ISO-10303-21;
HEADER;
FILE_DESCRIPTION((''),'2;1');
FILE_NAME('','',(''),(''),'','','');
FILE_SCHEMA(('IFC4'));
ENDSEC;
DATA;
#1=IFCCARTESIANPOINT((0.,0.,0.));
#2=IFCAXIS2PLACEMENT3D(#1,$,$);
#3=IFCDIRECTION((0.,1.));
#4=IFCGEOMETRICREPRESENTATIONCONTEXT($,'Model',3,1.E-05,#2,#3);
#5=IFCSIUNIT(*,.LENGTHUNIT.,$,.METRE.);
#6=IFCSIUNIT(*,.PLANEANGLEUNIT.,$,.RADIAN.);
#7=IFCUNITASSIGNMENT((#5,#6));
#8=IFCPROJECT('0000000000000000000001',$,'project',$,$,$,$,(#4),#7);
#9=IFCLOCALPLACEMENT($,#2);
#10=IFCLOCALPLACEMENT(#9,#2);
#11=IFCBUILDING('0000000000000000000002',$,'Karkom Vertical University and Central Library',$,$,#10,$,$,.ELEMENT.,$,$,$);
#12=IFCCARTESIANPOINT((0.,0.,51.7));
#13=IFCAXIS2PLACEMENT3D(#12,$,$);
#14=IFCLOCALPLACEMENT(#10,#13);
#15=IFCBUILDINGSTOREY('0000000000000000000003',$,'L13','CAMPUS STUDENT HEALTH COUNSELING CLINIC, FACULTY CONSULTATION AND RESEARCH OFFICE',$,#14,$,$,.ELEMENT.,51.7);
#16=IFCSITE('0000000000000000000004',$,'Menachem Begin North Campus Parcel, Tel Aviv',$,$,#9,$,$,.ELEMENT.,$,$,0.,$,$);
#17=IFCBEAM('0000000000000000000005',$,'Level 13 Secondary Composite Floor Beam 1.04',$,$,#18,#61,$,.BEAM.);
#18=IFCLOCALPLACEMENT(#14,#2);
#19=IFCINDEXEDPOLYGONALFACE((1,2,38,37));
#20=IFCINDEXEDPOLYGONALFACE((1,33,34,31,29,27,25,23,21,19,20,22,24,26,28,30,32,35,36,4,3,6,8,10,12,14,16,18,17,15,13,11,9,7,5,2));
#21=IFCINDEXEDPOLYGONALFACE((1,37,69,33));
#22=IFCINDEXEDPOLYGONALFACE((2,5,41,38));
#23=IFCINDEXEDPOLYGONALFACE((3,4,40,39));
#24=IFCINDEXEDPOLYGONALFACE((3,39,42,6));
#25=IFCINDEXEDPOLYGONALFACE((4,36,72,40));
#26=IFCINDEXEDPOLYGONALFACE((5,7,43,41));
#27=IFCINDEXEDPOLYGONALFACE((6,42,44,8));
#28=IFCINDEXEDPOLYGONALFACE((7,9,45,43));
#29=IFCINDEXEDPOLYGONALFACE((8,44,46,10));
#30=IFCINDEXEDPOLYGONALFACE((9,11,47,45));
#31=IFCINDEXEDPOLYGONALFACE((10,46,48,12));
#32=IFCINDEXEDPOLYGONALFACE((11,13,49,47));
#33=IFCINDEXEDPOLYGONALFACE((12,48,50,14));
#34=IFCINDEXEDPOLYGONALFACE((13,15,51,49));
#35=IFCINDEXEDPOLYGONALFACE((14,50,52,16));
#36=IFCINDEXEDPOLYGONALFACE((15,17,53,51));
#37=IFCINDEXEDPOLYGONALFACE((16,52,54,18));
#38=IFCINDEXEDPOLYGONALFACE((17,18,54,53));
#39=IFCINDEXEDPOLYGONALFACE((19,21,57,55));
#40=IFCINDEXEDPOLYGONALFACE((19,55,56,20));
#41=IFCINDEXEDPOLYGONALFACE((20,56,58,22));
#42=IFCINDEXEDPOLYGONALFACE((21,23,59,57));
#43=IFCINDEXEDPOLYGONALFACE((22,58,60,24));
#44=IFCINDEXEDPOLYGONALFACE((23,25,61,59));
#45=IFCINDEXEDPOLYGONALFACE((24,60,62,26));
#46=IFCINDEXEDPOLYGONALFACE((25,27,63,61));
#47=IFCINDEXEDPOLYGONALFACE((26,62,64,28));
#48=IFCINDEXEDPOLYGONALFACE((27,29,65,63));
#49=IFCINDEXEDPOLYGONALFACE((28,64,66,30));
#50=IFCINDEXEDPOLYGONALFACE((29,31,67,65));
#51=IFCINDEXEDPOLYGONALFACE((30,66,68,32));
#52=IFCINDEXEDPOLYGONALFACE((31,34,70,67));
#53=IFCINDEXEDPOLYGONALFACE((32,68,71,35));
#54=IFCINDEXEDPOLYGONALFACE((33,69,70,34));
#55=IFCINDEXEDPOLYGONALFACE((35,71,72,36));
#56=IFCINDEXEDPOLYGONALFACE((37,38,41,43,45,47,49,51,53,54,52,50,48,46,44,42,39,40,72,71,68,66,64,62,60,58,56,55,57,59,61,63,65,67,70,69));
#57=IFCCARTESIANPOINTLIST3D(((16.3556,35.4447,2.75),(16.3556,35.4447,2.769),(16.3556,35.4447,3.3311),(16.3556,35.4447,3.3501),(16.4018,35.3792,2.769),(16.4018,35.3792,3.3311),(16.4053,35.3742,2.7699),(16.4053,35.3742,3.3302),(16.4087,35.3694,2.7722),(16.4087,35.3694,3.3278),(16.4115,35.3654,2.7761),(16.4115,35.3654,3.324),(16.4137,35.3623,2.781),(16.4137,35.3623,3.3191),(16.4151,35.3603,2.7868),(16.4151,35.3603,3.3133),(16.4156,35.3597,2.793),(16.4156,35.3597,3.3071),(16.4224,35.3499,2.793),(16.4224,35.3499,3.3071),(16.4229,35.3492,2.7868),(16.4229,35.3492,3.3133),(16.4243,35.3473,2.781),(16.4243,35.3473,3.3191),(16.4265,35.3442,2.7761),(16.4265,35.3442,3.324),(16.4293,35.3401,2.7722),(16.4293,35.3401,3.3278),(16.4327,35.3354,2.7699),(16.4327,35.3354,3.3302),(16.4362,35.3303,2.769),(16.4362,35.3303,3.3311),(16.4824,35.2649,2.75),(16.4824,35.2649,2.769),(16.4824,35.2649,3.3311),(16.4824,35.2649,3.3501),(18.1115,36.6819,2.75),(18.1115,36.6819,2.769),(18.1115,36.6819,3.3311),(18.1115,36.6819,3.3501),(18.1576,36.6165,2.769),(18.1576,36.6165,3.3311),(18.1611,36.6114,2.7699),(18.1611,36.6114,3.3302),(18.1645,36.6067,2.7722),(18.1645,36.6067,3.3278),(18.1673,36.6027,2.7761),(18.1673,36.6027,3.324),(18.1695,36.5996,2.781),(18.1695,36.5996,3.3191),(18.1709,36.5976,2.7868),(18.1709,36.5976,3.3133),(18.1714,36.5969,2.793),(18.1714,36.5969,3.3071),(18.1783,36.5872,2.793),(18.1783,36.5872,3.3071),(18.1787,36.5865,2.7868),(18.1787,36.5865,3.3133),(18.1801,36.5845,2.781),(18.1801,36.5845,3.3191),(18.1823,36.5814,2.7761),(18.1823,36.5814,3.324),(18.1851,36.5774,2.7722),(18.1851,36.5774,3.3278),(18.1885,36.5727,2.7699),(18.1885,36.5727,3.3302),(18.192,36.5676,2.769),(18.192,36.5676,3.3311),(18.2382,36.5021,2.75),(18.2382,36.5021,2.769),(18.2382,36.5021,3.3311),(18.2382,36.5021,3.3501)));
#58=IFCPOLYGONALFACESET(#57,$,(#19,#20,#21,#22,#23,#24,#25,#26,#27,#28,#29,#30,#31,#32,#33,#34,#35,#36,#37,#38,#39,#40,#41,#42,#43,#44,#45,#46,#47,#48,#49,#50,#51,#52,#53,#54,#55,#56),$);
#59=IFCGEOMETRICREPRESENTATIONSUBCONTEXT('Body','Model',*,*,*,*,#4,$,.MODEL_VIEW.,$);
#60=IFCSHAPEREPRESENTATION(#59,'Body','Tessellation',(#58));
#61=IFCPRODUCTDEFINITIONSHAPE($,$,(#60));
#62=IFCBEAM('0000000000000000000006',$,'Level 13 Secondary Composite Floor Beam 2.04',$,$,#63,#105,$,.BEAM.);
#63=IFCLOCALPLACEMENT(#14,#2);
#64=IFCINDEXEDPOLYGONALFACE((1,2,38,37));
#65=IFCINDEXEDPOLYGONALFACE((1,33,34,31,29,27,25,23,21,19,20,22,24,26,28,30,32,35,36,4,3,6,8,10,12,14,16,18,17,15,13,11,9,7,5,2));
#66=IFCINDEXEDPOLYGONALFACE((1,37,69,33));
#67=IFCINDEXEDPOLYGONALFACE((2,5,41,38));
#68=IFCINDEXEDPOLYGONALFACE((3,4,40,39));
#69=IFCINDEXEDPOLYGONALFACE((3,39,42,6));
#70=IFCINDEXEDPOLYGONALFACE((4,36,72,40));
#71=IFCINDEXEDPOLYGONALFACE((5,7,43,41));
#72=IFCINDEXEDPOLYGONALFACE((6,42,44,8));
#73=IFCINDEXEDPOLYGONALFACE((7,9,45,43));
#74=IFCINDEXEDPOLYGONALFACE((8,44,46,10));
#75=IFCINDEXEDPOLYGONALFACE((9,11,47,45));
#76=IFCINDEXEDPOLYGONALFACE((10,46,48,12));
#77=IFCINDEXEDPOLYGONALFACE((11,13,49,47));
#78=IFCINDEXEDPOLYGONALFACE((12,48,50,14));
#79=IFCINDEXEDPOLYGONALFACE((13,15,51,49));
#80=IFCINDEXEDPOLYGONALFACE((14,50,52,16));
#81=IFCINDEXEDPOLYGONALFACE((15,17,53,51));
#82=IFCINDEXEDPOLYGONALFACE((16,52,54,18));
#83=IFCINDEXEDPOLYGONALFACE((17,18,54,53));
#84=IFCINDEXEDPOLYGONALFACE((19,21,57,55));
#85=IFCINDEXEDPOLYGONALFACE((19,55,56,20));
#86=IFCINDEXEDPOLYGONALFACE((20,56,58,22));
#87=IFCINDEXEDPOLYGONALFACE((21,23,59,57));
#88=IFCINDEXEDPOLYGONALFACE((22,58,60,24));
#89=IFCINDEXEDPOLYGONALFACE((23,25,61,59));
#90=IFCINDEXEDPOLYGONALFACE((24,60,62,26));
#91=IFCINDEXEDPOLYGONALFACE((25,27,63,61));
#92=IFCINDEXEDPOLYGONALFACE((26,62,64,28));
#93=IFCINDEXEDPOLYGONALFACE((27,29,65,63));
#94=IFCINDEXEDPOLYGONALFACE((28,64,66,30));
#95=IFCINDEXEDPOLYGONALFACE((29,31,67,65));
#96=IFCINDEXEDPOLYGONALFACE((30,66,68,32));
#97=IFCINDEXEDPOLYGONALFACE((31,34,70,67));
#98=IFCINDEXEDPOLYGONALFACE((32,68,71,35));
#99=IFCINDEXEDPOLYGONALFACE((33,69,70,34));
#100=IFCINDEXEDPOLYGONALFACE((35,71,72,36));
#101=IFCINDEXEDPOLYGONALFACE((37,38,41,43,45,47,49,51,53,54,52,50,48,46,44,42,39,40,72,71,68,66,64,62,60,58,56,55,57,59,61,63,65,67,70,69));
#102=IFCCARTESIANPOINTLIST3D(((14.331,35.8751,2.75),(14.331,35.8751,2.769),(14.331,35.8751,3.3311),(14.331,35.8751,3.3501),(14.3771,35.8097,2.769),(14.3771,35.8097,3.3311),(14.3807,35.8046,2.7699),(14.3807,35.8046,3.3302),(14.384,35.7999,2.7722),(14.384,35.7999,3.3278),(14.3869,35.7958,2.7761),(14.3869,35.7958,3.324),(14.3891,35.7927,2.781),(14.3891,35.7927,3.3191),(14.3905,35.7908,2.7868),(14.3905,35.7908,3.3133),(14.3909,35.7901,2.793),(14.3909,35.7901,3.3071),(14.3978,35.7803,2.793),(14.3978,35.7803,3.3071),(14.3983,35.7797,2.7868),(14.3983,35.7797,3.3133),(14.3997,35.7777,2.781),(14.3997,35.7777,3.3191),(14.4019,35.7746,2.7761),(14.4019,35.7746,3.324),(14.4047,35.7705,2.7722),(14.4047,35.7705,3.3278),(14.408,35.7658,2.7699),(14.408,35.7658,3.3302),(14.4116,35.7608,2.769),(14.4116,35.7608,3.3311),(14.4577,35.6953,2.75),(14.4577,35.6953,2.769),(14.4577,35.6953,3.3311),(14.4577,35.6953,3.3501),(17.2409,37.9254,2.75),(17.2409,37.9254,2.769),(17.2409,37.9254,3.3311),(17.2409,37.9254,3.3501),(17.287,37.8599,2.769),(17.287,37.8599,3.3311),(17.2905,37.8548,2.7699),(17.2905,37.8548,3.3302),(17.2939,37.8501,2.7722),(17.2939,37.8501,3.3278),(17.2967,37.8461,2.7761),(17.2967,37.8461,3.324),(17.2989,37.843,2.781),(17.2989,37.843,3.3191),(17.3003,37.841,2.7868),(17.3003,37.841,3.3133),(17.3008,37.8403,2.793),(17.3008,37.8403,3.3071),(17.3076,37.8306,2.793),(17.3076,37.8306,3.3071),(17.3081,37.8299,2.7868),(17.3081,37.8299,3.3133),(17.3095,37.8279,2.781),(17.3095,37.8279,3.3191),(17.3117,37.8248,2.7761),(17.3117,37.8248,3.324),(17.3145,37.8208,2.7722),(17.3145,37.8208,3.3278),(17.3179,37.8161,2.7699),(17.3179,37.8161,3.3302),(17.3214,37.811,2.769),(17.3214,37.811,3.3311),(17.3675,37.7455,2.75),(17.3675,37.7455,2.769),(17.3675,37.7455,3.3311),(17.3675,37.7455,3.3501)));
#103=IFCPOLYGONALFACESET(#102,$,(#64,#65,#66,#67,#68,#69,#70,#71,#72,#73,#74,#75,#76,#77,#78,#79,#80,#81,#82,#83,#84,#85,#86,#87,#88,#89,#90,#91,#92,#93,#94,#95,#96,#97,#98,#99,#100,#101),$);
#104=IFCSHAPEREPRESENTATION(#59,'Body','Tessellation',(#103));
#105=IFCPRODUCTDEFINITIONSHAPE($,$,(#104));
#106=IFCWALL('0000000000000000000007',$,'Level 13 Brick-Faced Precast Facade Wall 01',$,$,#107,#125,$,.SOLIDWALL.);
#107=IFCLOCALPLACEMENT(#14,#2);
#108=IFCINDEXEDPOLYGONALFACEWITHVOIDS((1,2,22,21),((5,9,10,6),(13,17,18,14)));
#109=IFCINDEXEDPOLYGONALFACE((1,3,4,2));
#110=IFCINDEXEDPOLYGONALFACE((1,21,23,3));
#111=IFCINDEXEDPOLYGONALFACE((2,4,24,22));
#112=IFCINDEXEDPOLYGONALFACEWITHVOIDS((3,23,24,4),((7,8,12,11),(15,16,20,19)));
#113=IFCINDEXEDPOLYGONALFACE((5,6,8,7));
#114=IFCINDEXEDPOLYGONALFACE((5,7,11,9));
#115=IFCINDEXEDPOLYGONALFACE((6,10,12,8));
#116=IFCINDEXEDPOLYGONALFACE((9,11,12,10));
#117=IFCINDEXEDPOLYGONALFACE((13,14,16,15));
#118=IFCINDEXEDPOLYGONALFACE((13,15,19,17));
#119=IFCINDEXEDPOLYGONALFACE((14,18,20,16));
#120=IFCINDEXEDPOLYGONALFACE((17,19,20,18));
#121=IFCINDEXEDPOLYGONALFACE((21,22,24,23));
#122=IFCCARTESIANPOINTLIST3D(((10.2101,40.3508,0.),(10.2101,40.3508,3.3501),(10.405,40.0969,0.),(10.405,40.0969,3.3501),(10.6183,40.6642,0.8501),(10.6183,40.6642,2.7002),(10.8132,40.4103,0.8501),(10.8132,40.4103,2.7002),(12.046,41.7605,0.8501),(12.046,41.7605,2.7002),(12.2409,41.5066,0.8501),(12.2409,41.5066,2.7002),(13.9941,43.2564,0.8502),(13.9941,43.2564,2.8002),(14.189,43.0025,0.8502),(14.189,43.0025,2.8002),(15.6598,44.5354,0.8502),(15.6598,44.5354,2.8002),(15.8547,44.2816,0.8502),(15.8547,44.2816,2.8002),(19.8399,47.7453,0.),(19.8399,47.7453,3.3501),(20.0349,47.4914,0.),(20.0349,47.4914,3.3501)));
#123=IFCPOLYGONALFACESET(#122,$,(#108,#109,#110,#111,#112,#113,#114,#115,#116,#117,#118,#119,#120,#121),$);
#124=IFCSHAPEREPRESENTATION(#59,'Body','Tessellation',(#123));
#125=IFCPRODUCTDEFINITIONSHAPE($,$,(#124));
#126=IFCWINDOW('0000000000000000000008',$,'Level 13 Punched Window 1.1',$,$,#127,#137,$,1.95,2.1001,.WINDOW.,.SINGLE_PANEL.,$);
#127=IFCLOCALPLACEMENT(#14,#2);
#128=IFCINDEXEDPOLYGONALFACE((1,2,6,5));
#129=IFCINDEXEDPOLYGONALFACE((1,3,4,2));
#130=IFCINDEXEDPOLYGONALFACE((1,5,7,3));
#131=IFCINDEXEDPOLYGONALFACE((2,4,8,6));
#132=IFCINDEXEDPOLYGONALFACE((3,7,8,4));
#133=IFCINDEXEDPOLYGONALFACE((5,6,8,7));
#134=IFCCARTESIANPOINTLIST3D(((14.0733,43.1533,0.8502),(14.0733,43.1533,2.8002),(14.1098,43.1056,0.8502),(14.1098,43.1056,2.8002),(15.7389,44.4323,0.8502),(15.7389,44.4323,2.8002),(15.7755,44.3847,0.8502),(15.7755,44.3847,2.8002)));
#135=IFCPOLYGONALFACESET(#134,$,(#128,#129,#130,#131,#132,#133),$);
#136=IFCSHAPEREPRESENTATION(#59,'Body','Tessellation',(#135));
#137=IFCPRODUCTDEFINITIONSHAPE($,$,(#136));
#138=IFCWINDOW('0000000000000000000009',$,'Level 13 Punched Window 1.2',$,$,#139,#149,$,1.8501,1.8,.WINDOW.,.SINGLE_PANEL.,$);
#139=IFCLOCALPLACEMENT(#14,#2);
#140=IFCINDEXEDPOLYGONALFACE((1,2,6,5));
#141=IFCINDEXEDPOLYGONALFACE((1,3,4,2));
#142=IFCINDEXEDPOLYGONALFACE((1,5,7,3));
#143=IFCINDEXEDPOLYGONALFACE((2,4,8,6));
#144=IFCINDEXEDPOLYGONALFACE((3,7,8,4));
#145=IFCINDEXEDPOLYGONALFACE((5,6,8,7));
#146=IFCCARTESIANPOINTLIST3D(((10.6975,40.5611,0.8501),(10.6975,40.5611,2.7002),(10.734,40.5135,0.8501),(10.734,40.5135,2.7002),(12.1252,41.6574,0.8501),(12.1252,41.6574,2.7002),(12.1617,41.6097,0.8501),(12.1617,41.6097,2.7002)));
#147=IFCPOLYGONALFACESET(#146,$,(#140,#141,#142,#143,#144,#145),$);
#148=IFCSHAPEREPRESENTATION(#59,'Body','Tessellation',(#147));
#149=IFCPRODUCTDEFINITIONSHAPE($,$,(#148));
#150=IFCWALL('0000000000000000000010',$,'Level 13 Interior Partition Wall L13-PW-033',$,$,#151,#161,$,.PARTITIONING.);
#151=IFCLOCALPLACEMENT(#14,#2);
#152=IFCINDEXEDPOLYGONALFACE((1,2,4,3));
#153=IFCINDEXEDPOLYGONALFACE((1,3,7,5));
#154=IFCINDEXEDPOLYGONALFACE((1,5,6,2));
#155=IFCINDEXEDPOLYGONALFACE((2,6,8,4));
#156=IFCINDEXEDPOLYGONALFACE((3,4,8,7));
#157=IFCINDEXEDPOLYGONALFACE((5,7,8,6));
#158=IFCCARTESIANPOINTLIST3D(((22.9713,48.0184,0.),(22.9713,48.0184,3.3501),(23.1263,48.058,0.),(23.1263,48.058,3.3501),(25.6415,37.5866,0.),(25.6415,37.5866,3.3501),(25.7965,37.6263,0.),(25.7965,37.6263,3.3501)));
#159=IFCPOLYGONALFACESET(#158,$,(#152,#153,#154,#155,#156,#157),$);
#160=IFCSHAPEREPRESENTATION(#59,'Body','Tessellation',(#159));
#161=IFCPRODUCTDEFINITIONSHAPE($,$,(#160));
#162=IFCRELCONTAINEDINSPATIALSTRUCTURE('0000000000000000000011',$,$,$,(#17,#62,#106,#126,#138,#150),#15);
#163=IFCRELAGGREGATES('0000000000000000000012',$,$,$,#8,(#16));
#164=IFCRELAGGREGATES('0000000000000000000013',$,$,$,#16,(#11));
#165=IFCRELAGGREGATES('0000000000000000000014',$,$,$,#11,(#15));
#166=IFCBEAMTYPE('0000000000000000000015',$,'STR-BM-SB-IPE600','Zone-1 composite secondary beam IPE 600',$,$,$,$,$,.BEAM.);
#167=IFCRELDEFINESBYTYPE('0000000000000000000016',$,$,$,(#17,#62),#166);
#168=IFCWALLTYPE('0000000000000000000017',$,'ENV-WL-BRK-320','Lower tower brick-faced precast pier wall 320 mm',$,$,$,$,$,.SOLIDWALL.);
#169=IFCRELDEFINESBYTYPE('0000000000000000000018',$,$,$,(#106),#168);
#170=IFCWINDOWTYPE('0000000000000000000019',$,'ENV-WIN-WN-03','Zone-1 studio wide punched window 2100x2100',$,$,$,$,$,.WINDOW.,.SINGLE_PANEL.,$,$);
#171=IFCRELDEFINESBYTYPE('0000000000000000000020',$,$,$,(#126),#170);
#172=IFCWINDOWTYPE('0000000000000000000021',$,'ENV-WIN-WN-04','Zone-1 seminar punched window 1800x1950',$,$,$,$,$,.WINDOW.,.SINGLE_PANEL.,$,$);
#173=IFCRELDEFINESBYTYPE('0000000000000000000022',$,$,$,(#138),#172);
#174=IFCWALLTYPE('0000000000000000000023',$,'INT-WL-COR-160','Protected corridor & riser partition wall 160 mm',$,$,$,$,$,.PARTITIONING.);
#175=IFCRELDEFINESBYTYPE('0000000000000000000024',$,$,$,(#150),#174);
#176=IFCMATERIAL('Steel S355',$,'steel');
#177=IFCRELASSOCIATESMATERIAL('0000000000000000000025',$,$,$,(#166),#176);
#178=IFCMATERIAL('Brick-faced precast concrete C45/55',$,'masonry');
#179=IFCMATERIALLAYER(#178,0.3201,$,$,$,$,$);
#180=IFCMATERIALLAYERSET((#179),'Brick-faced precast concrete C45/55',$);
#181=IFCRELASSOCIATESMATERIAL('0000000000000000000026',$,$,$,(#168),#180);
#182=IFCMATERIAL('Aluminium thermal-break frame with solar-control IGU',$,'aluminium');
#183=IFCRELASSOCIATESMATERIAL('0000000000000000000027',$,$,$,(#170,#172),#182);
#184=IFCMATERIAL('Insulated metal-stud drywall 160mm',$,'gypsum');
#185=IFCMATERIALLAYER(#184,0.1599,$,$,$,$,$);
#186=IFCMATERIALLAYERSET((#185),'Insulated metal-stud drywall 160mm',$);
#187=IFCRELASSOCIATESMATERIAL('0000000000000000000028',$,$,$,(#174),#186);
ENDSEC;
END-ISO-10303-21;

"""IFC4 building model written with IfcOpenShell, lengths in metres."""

from ifc_helpers import new_model, si_unit, direction, frame, frame_2d, origin, origin_with_axes, origin_2d, place, context, subcontext, project, spatial, rectangle, i_section, extrude, source, transform, mapped, material, layer, layer_set, material_profile, profile_set, type_object, element, fill, save


model = new_model("IFC4")

# Units and contexts
model_context = context("Model", 3, precision=1e-05, world=origin(), true_north=direction((0.0, 1.0)))
body_context = subcontext(model_context, "Body", "Model", "MODEL_VIEW")
ifc_project = project(units=[si_unit("LENGTHUNIT", "METRE"), si_unit("PLANEANGLEUNIT", "RADIAN")], contexts=[model_context])

# Site, building, storey
site_placement = place(None, origin())
site = spatial("IfcSite", under=ifc_project, at=site_placement, Name="Menachem Begin North Campus Parcel, Tel Aviv", CompositionType="ELEMENT", RefElevation=0.0)
building_placement = place(site_placement, origin())
building = spatial("IfcBuilding", under=site, at=building_placement, Name="Karkom Vertical University and Central Library", CompositionType="ELEMENT")
storey_placement = place(building_placement, frame((0.0, 0.0, 51.7)))
storey = spatial("IfcBuildingStorey", under=building, at=storey_placement, Name="L13", Description="CAMPUS STUDENT HEALTH COUNSELING CLINIC, FACULTY CONSULTATION AND RESEARCH OFFICE", CompositionType="ELEMENT", Elevation=51.7)

# Beams
ifc_material_1 = material(Name="Steel S355", Category="steel")
ifc_material_profile_1 = material_profile(ifc_material_1, i_section(OverallWidth=0.22, OverallDepth=0.6001, WebThickness=0.012, FlangeThickness=0.019, FilletRadius=0.0239, at=origin_2d()), Name="IPE 600")
ifc_profile_set_1 = profile_set([ifc_material_profile_1], Name="Steel S355")
beam_type_1 = type_object("IfcBeamType", Name="STR-BM-SB-IPE600", Description="Zone-1 composite secondary beam IPE 600", PredefinedType="BEAM", material=ifc_profile_set_1)
shared_shape_1 = source(origin_with_axes(), body_context, "Body", "SweptSolid", [
    extrude(i_section(OverallWidth=0.22, OverallDepth=0.6001, WebThickness=0.012, FlangeThickness=0.019, FilletRadius=0.0239, at=origin_2d()), origin(), (0.0, 0.0, 1.0), 2.1479),
])
beam_1_placement = place(storey_placement, frame((18.1748, 36.592, 3.05), z_axis=(-0.817434, -0.576023, 0.0), x_axis=(0.576023, -0.817434, 0.0)))
element("IfcBeam", 1, at=beam_1_placement, inside=storey, type_object=beam_type_1, Name="Level 13 Secondary Composite Floor Beam 1.04", PredefinedType="BEAM", context=body_context, shape_type="MappedRepresentation", body=[
    mapped(shared_shape_1, transform((0.0, 0.0, 0.0), scale=1.0)),
])
shared_shape_2 = source(origin_with_axes(), body_context, "Body", "SweptSolid", [
    extrude(i_section(OverallWidth=0.22, OverallDepth=0.6001, WebThickness=0.012, FlangeThickness=0.019, FilletRadius=0.0239, at=origin_2d()), origin(), (0.0, 0.0, 1.0), 3.5596),
])
beam_2_placement = place(storey_placement, frame((17.3042, 37.8354, 3.05), z_axis=(-0.817466, -0.575977, 0.0), x_axis=(0.575977, -0.817466, 0.0)))
element("IfcBeam", 2, at=beam_2_placement, inside=storey, type_object=beam_type_1, Name="Level 13 Secondary Composite Floor Beam 2.04", PredefinedType="BEAM", context=body_context, shape_type="MappedRepresentation", body=[
    mapped(shared_shape_2, transform((0.0, 0.0, 0.0), scale=1.0)),
])

# Wall, openings, windows
ifc_material_2 = material(Name="Brick-faced precast concrete C45/55", Category="masonry")
ifc_layer_1 = layer(ifc_material_2, 0.3201)
ifc_layer_set_1 = layer_set([ifc_layer_1], Name="Brick-faced precast concrete C45/55")
wall_type_1 = type_object("IfcWallType", Name="ENV-WL-BRK-320", Description="Lower tower brick-faced precast pier wall 320 mm", PredefinedType="SOLIDWALL", material=ifc_layer_set_1)
wall_1_placement = place(storey_placement, frame((19.9375, 47.6184, 0.0), z_axis=(0.0, 0.0, 1.0), x_axis=(-0.793144, -0.609034, 0.0)))
wall_1 = element("IfcWall", 3, at=wall_1_placement, inside=storey, type_object=wall_type_1, Name="Level 13 Brick-Faced Precast Facade Wall 01", PredefinedType="SOLIDWALL", context=body_context, shape_type="SweptSolid", body=[
    extrude(rectangle(XDim=12.1414, YDim=0.3201, at=frame_2d((6.0708, 0.0))), origin(), (0.0, 0.0, 1.0), 3.3501),
])
opening_1_placement = place(wall_1_placement, frame((5.2705, 0.0, 0.8501)))
opening_1 = element("IfcOpeningElement", 4, at=opening_1_placement, cuts=wall_1, PredefinedType="OPENING", context=body_context, shape_type="SweptSolid", body=[
    extrude(rectangle(XDim=2.1001, YDim=1.95, at=frame_2d((1.05, 0.9751))), frame((0.0, 0.1699, 0.0), z_axis=(0.0, -1.0, 0.0), x_axis=(1.0, 0.0, 0.0)), (0.0, 0.0, 1.0), 0.3401),
])
opening_2_placement = place(wall_1_placement, frame((9.8269, 0.0, 0.8501)))
opening_2 = element("IfcOpeningElement", 5, at=opening_2_placement, cuts=wall_1, PredefinedType="OPENING", context=body_context, shape_type="SweptSolid", body=[
    extrude(rectangle(XDim=1.8, YDim=1.8501, at=frame_2d((0.8999, 0.925))), frame((0.0, 0.1699, 0.0), z_axis=(0.0, -1.0, 0.0), x_axis=(1.0, 0.0, 0.0)), (0.0, 0.0, 1.0), 0.3401),
])
ifc_material_3 = material(Name="Aluminium thermal-break frame with solar-control IGU", Category="aluminium")
window_type_1 = type_object("IfcWindowType", Name="ENV-WIN-WN-03", Description="Zone-1 studio wide punched window 2100x2100", PartitioningType="SINGLE_PANEL", PredefinedType="WINDOW", material=ifc_material_3)
shared_shape_3 = source(origin_with_axes(), body_context, "Body", "SweptSolid", [
    extrude(rectangle(XDim=2.1001, YDim=1.95, at=frame_2d((1.05, 0.9751))), frame((0.0, 0.03, 0.0), z_axis=(0.0, -1.0, 0.0), x_axis=(1.0, 0.0, 0.0)), (0.0, 0.0, 1.0), 0.0601),
])
window_1_placement = place(opening_1_placement, origin())
window_1 = element("IfcWindow", 6, at=window_1_placement, inside=storey, type_object=window_type_1, Name="Level 13 Punched Window 1.1", OverallHeight=1.95, OverallWidth=2.1001, PartitioningType="SINGLE_PANEL", PredefinedType="WINDOW", context=body_context, shape_type="MappedRepresentation", body=[
    mapped(shared_shape_3, transform((0.0, 0.0, 0.0), scale=1.0)),
])
fill(opening_1, window_1)
window_type_2 = type_object("IfcWindowType", Name="ENV-WIN-WN-04", Description="Zone-1 seminar punched window 1800x1950", PartitioningType="SINGLE_PANEL", PredefinedType="WINDOW", material=ifc_material_3)
shared_shape_4 = source(origin_with_axes(), body_context, "Body", "SweptSolid", [
    extrude(rectangle(XDim=1.8, YDim=1.8501, at=frame_2d((0.8999, 0.925))), frame((0.0, 0.03, 0.0), z_axis=(0.0, -1.0, 0.0), x_axis=(1.0, 0.0, 0.0)), (0.0, 0.0, 1.0), 0.0601),
])
window_2_placement = place(opening_2_placement, origin())
window_2 = element("IfcWindow", 7, at=window_2_placement, inside=storey, type_object=window_type_2, Name="Level 13 Punched Window 1.2", OverallHeight=1.8501, OverallWidth=1.8, PartitioningType="SINGLE_PANEL", PredefinedType="WINDOW", context=body_context, shape_type="MappedRepresentation", body=[
    mapped(shared_shape_4, transform((0.0, 0.0, 0.0), scale=1.0)),
])
fill(opening_2, window_2)

# Wall
ifc_material_4 = material(Name="Insulated metal-stud drywall 160mm", Category="gypsum")
ifc_layer_2 = layer(ifc_material_4, 0.1599)
ifc_layer_set_2 = layer_set([ifc_layer_2], Name="Insulated metal-stud drywall 160mm")
wall_type_2 = type_object("IfcWallType", Name="INT-WL-COR-160", Description="Protected corridor & riser partition wall 160 mm", PredefinedType="PARTITIONING", material=ifc_layer_set_2)
wall_2_placement = place(storey_placement, frame((25.719, 37.6064, 0.0), z_axis=(0.0, 0.0, 1.0), x_axis=(-0.247973, 0.968767, 0.0)))
element("IfcWall", 8, at=wall_2_placement, inside=storey, type_object=wall_type_2, Name="Level 13 Interior Partition Wall L13-PW-033", PredefinedType="PARTITIONING", context=body_context, shape_type="SweptSolid", body=[
    extrude(rectangle(XDim=10.7681, YDim=0.1599, at=frame_2d((5.384, 0.0))), origin(), (0.0, 0.0, 1.0), 3.3501),
])

save(model, "model.ifc")
